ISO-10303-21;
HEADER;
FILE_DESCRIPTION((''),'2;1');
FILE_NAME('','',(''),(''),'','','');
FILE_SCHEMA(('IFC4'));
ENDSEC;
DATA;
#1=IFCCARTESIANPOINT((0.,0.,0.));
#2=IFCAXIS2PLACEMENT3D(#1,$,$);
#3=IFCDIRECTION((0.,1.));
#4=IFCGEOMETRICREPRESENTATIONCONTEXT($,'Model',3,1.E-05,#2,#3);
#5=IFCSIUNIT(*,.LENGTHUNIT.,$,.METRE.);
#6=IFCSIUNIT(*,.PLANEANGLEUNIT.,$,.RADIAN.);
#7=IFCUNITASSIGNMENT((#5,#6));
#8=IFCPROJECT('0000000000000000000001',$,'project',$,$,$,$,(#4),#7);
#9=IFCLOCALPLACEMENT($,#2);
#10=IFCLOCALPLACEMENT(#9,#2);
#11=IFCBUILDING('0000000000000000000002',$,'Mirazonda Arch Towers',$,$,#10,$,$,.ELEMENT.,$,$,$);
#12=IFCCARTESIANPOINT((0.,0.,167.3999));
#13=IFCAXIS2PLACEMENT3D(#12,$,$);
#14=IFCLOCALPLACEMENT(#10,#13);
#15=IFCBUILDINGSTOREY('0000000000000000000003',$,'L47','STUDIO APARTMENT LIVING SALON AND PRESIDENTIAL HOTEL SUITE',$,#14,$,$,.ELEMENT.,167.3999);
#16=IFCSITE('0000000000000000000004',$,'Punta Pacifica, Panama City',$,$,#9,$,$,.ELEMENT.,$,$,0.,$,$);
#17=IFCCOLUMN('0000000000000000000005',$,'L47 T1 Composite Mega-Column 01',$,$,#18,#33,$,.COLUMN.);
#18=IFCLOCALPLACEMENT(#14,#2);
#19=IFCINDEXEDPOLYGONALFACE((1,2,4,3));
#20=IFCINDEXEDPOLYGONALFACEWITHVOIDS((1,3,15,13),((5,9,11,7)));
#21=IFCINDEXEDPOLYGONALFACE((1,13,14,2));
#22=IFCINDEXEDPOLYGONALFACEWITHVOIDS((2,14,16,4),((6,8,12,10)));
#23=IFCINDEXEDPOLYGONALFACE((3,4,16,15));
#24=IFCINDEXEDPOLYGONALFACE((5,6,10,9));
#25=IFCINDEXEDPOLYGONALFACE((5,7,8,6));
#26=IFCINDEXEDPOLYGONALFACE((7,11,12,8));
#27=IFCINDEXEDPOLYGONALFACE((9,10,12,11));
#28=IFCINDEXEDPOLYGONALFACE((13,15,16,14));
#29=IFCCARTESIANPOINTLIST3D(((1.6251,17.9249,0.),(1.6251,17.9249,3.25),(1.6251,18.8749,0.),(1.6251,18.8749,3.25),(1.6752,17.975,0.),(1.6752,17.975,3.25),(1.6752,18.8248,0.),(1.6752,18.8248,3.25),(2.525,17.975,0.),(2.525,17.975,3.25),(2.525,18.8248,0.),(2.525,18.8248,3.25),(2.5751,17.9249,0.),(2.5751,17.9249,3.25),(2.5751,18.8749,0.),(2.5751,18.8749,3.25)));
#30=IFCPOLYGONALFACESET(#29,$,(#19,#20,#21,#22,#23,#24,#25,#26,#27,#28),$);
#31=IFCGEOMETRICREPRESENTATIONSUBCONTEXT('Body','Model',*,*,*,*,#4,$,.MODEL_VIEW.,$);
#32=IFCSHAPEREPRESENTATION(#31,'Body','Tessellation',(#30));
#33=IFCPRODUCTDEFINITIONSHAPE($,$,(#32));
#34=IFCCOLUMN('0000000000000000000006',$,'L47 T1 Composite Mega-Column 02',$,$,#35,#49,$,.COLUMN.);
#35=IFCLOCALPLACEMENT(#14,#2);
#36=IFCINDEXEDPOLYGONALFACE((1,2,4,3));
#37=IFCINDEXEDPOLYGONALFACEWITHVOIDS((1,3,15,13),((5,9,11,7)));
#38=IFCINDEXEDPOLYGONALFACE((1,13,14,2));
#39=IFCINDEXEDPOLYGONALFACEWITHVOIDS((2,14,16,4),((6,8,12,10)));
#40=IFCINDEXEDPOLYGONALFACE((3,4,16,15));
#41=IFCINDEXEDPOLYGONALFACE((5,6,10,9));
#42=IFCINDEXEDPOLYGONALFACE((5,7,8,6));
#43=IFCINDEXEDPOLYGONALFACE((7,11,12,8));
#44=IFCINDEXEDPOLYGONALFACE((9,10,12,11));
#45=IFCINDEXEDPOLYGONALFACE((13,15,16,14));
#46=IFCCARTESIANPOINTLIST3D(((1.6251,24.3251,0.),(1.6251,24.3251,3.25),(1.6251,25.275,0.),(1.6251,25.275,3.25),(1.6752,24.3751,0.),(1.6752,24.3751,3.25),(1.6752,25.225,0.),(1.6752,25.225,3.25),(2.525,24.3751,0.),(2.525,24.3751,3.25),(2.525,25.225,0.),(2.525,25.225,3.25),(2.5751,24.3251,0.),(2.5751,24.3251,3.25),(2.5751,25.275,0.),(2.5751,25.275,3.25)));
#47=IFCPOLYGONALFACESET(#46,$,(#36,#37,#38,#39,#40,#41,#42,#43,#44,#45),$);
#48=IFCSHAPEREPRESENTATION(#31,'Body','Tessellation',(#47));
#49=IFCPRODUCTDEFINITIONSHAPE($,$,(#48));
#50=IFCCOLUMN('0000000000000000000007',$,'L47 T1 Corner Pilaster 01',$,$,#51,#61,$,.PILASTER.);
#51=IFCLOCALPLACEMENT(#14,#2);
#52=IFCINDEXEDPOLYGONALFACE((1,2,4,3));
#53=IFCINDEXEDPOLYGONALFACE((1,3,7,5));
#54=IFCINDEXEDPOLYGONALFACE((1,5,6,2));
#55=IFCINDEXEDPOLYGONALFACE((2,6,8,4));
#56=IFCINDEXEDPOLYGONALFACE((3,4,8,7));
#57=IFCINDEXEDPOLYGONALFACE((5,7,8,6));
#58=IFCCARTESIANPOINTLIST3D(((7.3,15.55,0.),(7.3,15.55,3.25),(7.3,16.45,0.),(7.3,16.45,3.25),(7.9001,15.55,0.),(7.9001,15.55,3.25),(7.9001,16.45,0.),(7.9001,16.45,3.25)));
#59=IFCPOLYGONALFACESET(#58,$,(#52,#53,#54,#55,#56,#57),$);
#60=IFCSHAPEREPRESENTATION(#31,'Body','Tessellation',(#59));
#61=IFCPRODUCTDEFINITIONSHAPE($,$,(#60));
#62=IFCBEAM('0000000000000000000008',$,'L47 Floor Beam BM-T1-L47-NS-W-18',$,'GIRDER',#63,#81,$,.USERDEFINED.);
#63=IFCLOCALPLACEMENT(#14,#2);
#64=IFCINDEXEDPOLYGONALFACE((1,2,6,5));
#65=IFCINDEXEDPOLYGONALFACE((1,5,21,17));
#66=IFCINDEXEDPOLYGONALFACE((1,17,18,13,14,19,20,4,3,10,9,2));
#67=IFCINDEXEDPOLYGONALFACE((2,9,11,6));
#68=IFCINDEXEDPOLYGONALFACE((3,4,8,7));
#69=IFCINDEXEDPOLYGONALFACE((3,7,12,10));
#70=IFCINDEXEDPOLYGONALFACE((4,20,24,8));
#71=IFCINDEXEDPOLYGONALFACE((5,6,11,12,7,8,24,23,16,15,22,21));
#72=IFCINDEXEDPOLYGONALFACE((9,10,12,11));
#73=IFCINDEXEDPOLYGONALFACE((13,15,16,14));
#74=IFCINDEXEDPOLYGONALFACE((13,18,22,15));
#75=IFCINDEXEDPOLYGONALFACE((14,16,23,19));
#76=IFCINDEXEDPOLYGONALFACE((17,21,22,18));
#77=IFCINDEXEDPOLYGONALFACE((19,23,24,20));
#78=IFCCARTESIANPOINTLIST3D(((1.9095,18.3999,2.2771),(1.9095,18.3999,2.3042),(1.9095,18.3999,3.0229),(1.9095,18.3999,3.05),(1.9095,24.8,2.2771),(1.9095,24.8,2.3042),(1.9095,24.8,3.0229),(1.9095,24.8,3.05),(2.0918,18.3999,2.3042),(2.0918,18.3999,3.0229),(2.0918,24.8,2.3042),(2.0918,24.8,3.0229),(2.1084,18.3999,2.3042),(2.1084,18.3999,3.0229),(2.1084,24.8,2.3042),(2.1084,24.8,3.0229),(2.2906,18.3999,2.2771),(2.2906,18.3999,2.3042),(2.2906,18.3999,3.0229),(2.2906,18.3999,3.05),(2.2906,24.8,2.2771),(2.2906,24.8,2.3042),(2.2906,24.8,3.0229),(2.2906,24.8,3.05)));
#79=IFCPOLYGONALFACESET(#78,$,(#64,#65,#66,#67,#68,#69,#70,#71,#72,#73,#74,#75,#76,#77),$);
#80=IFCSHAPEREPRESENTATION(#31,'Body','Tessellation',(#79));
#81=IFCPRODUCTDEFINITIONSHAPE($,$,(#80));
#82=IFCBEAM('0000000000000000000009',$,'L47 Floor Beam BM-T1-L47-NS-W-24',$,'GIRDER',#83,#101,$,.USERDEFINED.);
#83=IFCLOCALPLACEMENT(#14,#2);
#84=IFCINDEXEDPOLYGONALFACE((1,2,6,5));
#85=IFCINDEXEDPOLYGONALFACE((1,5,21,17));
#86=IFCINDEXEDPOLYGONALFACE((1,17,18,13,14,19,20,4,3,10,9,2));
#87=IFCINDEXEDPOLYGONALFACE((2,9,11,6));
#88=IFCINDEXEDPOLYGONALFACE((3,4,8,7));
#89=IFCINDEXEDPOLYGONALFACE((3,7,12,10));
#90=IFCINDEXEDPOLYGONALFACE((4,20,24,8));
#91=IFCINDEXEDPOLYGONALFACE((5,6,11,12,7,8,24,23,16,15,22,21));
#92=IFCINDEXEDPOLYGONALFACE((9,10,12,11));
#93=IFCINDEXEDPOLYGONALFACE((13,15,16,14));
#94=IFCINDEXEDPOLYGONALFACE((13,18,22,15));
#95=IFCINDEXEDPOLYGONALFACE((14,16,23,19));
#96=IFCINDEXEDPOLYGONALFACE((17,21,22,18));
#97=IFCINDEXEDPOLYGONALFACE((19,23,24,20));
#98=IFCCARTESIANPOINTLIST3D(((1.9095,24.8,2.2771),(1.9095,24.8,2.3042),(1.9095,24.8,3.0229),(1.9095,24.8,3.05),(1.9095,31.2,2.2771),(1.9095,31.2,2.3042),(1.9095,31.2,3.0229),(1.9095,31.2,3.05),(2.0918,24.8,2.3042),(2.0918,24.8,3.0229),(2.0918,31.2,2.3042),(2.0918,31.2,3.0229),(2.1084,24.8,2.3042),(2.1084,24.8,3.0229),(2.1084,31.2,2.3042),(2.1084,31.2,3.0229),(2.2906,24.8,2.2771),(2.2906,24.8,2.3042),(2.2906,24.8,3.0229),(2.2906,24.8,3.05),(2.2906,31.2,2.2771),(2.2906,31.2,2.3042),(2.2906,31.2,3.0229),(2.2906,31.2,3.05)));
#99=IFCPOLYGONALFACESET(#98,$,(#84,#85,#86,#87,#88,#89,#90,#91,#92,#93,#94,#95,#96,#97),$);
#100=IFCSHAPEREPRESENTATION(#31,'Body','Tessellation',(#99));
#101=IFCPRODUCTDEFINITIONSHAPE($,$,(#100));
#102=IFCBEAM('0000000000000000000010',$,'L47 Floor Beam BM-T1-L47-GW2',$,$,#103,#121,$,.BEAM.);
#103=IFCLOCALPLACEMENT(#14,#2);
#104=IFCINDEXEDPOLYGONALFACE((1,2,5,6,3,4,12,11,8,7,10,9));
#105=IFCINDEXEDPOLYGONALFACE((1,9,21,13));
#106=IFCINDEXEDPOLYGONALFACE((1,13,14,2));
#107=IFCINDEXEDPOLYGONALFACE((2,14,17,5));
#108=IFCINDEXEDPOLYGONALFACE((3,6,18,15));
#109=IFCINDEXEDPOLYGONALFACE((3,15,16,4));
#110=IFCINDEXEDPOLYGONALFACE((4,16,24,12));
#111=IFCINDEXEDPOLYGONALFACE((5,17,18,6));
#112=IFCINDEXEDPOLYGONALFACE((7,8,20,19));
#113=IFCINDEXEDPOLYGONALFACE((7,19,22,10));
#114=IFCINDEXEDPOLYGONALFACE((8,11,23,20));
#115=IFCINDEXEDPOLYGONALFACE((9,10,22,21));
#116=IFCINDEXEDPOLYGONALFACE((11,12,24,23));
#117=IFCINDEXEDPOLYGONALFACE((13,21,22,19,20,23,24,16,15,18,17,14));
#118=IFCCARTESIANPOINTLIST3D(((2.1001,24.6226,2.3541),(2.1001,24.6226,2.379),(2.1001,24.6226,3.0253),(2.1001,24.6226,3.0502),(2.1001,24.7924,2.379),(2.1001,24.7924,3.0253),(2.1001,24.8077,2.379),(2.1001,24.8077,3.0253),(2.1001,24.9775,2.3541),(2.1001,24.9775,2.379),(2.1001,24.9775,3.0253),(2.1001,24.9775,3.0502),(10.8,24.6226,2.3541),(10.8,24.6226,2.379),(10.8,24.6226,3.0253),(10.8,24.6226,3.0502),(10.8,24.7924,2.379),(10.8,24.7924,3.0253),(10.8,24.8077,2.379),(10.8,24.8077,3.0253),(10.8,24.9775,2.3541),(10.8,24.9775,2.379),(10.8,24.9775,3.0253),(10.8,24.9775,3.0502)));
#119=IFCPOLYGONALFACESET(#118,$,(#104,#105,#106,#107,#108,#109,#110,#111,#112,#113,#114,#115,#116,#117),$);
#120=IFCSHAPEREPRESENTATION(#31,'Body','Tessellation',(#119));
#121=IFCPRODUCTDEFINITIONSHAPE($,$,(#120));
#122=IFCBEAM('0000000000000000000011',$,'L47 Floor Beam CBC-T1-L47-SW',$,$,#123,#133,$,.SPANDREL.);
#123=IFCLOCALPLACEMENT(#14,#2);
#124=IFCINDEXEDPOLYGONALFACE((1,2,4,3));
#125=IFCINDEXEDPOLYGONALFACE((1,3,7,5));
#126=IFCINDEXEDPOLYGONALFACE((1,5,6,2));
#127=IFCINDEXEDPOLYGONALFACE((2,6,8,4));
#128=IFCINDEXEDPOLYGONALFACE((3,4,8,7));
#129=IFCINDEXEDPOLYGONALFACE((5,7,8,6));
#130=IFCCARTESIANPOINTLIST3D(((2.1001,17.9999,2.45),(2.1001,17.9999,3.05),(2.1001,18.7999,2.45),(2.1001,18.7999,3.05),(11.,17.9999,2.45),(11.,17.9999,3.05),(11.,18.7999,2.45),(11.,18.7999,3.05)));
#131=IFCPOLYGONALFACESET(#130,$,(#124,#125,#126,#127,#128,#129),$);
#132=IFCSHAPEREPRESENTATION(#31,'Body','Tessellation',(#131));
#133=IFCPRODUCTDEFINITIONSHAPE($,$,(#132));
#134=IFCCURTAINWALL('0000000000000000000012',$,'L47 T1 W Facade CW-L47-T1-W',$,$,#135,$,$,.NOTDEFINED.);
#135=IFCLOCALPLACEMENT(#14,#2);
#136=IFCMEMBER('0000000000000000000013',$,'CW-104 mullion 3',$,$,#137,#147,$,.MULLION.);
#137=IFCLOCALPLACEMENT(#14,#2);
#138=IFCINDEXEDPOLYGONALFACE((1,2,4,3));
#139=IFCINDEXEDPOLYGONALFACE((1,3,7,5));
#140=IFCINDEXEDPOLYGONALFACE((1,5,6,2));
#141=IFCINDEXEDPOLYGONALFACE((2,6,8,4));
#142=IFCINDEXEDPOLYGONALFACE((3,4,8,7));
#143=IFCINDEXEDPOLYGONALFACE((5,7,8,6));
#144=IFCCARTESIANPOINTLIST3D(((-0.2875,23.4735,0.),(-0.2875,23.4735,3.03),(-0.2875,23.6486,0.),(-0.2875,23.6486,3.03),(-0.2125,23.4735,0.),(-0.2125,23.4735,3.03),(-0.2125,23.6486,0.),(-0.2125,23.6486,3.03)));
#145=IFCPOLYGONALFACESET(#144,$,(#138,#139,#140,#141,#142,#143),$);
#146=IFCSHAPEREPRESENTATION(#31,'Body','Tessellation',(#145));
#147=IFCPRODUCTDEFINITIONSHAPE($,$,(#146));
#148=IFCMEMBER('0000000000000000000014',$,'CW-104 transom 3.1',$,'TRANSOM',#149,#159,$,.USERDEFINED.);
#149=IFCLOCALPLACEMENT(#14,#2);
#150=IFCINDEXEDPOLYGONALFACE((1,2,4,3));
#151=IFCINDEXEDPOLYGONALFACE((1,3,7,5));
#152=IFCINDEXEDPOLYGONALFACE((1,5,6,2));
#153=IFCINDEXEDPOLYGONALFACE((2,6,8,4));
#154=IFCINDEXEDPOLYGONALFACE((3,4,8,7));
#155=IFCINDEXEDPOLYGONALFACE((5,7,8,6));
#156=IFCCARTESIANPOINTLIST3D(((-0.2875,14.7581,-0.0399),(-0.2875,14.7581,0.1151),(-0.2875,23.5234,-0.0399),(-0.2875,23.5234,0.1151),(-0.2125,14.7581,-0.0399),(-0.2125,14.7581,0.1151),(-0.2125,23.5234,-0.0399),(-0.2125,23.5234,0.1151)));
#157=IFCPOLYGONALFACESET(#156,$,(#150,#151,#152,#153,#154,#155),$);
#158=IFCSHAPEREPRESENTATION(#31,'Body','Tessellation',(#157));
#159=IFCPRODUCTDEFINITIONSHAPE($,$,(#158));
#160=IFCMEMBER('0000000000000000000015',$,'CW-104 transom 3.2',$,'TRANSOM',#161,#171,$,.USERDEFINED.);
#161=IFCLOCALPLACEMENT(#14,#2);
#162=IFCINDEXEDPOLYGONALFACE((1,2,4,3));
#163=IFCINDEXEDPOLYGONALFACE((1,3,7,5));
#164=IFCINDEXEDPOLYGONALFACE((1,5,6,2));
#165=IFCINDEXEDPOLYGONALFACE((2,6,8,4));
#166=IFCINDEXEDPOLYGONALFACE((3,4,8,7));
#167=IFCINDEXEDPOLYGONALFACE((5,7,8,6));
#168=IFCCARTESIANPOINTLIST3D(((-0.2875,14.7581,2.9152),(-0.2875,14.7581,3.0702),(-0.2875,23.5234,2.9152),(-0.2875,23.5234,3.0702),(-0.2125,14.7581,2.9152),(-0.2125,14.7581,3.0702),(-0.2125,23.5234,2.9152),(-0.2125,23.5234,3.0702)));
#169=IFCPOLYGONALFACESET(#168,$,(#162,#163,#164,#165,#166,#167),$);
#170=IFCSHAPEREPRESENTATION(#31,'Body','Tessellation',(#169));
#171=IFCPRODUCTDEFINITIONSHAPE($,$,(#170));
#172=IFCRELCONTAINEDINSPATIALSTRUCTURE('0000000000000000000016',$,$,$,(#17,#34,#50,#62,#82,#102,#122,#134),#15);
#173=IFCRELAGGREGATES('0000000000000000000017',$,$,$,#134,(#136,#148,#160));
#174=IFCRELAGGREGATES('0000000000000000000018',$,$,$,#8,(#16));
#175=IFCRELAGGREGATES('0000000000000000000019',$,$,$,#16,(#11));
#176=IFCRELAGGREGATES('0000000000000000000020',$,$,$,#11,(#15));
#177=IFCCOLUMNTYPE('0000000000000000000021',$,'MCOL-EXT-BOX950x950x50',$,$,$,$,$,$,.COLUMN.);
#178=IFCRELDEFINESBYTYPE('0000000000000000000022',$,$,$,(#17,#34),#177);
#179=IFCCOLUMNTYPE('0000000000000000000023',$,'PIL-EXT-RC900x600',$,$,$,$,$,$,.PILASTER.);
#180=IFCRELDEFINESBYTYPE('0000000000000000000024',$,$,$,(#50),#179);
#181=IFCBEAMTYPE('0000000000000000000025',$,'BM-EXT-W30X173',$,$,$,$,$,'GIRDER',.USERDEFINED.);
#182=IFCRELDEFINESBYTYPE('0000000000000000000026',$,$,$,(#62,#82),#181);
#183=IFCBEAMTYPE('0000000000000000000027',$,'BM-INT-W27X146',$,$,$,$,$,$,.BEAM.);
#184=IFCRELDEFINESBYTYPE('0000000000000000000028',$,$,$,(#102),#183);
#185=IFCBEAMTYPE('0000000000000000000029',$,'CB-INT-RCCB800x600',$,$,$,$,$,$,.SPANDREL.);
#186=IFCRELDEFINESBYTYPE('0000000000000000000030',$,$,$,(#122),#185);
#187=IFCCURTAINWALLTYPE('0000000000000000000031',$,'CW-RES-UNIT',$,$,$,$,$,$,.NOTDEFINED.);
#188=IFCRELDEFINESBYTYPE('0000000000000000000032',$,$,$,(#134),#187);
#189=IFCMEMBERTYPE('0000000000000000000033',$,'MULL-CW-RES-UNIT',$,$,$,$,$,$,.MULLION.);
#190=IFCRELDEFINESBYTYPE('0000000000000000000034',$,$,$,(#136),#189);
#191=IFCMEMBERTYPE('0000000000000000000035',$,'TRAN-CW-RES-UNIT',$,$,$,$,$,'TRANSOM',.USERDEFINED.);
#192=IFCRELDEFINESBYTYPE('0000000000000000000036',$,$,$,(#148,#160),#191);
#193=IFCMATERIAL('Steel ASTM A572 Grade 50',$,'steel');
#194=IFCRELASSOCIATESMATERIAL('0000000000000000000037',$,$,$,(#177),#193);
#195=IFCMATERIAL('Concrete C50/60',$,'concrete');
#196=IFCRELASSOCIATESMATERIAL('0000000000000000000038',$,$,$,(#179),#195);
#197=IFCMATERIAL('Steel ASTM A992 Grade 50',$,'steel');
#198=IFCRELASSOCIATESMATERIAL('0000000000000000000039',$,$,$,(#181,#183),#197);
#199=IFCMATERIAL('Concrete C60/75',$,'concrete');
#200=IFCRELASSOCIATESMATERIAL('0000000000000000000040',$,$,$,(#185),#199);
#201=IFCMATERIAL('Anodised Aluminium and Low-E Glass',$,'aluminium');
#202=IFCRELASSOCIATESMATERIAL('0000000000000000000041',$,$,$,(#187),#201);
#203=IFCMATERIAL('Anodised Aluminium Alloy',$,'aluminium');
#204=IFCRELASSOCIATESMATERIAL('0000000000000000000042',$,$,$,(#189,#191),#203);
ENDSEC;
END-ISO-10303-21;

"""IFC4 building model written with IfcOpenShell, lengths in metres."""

from ifc_helpers import new_model, si_unit, direction, frame, origin, origin_2d, place, context, subcontext, project, spatial, rectangle, hollow_rectangle, i_section, extrude, material, material_profile, profile_set, type_object, element, aggregate, save


model = new_model("IFC4")

# Units and contexts
model_context = context("Model", 3, precision=1e-05, world=origin(), true_north=direction((0.0, 1.0)))
body_context = subcontext(model_context, "Body", "Model", "MODEL_VIEW")
ifc_project = project(units=[si_unit("LENGTHUNIT", "METRE"), si_unit("PLANEANGLEUNIT", "RADIAN")], contexts=[model_context])

# Site, building, storey
site_placement = place(None, origin())
site = spatial("IfcSite", under=ifc_project, at=site_placement, Name="Punta Pacifica, Panama City", CompositionType="ELEMENT", RefElevation=0.0)
building_placement = place(site_placement, origin())
building = spatial("IfcBuilding", under=site, at=building_placement, Name="Mirazonda Arch Towers", CompositionType="ELEMENT")
storey_placement = place(building_placement, frame((0.0, 0.0, 167.3999)))
storey = spatial("IfcBuildingStorey", under=building, at=storey_placement, Name="L47", Description="STUDIO APARTMENT LIVING SALON AND PRESIDENTIAL HOTEL SUITE", CompositionType="ELEMENT", Elevation=167.3999)

# Columns
ifc_material_1 = material(Name="Steel ASTM A572 Grade 50", Category="steel")
ifc_material_profile_1 = material_profile(ifc_material_1, hollow_rectangle(XDim=0.95, YDim=0.95, WallThickness=0.05, at=origin_2d()), Name="BOX950x950x50")
ifc_profile_set_1 = profile_set([ifc_material_profile_1], Name="Steel ASTM A572 Grade 50")
column_type_1 = type_object("IfcColumnType", Name="MCOL-EXT-BOX950x950x50", PredefinedType="COLUMN", material=ifc_profile_set_1)
for number, where, z_axis, x_axis, name in (
    (1, (2.1001, 18.3999, 0.0), (0.0, 0.0, 1.0), (1.0, 0.0, 0.0), "L47 T1 Composite Mega-Column 01"),
    (2, (2.1001, 24.8, 0.0), (0.0, 0.0, 1.0), (1.0, 0.0, 0.0), "L47 T1 Composite Mega-Column 02"),
):
    element("IfcColumn", number, at=place(storey_placement, frame(where, z_axis=z_axis, x_axis=x_axis)), inside=storey, type_object=column_type_1, Name=name, PredefinedType="COLUMN", context=body_context, shape_type="SweptSolid", body=[
        extrude(hollow_rectangle(XDim=0.95, YDim=0.95, WallThickness=0.05, at=origin_2d()), origin(), (0.0, 0.0, 1.0), 3.25),
    ])
ifc_material_2 = material(Name="Concrete C50/60", Category="concrete")
ifc_material_profile_2 = material_profile(ifc_material_2, rectangle(XDim=0.6001, YDim=0.8999, at=origin_2d()), Name="RC900x600")
ifc_profile_set_2 = profile_set([ifc_material_profile_2], Name="Concrete C50/60")
column_type_2 = type_object("IfcColumnType", Name="PIL-EXT-RC900x600", PredefinedType="PILASTER", material=ifc_profile_set_2)
column_placement = place(storey_placement, frame((7.6001, 16.0, 0.0), z_axis=(0.0, 0.0, 1.0), x_axis=(1.0, 0.0, 0.0)))
element("IfcColumn", 3, at=column_placement, inside=storey, type_object=column_type_2, Name="L47 T1 Corner Pilaster 01", PredefinedType="PILASTER", context=body_context, shape_type="SweptSolid", body=[
    extrude(rectangle(XDim=0.6001, YDim=0.8999, at=origin_2d()), origin(), (0.0, 0.0, 1.0), 3.25),
])

# Beams
ifc_material_3 = material(Name="Steel ASTM A992 Grade 50", Category="steel")
ifc_material_profile_3 = material_profile(ifc_material_3, i_section(OverallWidth=0.3811, OverallDepth=0.7729, WebThickness=0.0166, FlangeThickness=0.0271, at=origin_2d()), Name="W30X173")
ifc_profile_set_3 = profile_set([ifc_material_profile_3], Name="Steel ASTM A992 Grade 50")
beam_type_1 = type_object("IfcBeamType", Name="BM-EXT-W30X173", ElementType="GIRDER", PredefinedType="USERDEFINED", material=ifc_profile_set_3)
beam_1_placement = place(storey_placement, frame((2.1001, 18.3999, 2.6636), z_axis=(0.0, 1.0, 0.0), x_axis=(-1.0, 0.0, 0.0)))
element("IfcBeam", 4, at=beam_1_placement, inside=storey, type_object=beam_type_1, Name="L47 Floor Beam BM-T1-L47-NS-W-18", ObjectType="GIRDER", PredefinedType="USERDEFINED", context=body_context, shape_type="SweptSolid", body=[
    extrude(i_section(OverallWidth=0.3811, OverallDepth=0.7729, WebThickness=0.0166, FlangeThickness=0.0271, at=origin_2d()), origin(), (0.0, 0.0, 1.0), 6.4001),
])
beam_2_placement = place(storey_placement, frame((2.1001, 24.8, 2.6636), z_axis=(0.0, 1.0, 0.0), x_axis=(-1.0, 0.0, 0.0)))
element("IfcBeam", 5, at=beam_2_placement, inside=storey, type_object=beam_type_1, Name="L47 Floor Beam BM-T1-L47-NS-W-24", ObjectType="GIRDER", PredefinedType="USERDEFINED", context=body_context, shape_type="SweptSolid", body=[
    extrude(i_section(OverallWidth=0.3811, OverallDepth=0.7729, WebThickness=0.0166, FlangeThickness=0.0271, at=origin_2d()), origin(), (0.0, 0.0, 1.0), 6.3999),
])
ifc_material_profile_4 = material_profile(ifc_material_3, i_section(OverallWidth=0.355, OverallDepth=0.696, WebThickness=0.0154, FlangeThickness=0.0249, at=origin_2d()), Name="W27X146")
ifc_profile_set_4 = profile_set([ifc_material_profile_4], Name="Steel ASTM A992 Grade 50")
beam_type_2 = type_object("IfcBeamType", Name="BM-INT-W27X146", PredefinedType="BEAM", material=ifc_profile_set_4)
beam_3_placement = place(storey_placement, frame((2.1001, 24.8, 2.7021), z_axis=(1.0, 0.0, 0.0), x_axis=(0.0, 1.0, 0.0)))
element("IfcBeam", 6, at=beam_3_placement, inside=storey, type_object=beam_type_2, Name="L47 Floor Beam BM-T1-L47-GW2", PredefinedType="BEAM", context=body_context, shape_type="SweptSolid", body=[
    extrude(i_section(OverallWidth=0.355, OverallDepth=0.696, WebThickness=0.0154, FlangeThickness=0.0249, at=origin_2d()), origin(), (0.0, 0.0, 1.0), 8.7),
])
ifc_material_4 = material(Name="Concrete C60/75", Category="concrete")
ifc_material_profile_5 = material_profile(ifc_material_4, rectangle(XDim=0.8, YDim=0.6001, at=origin_2d()), Name="RCCB800x600")
ifc_profile_set_5 = profile_set([ifc_material_profile_5], Name="Concrete C60/75")
beam_type_3 = type_object("IfcBeamType", Name="CB-INT-RCCB800x600", PredefinedType="SPANDREL", material=ifc_profile_set_5)
beam_4_placement = place(storey_placement, frame((2.1001, 18.3999, 2.75), z_axis=(1.0, 0.0, 0.0), x_axis=(0.0, 1.0, 0.0)))
element("IfcBeam", 7, at=beam_4_placement, inside=storey, type_object=beam_type_3, Name="L47 Floor Beam CBC-T1-L47-SW", PredefinedType="SPANDREL", context=body_context, shape_type="SweptSolid", body=[
    extrude(rectangle(XDim=0.8, YDim=0.6001, at=origin_2d()), origin(), (0.0, 0.0, 1.0), 8.8999),
])

# Curtain wall, members
ifc_material_5 = material(Name="Anodised Aluminium and Low-E Glass", Category="aluminium")
curtain_wall_type = type_object("IfcCurtainWallType", Name="CW-RES-UNIT", PredefinedType="NOTDEFINED", material=ifc_material_5)
curtain_wall_placement = place(storey_placement, origin())
curtain_wall = element("IfcCurtainWall", 8, at=curtain_wall_placement, inside=storey, type_object=curtain_wall_type, Name="L47 T1 W Facade CW-L47-T1-W", PredefinedType="NOTDEFINED")
ifc_material_6 = material(Name="Anodised Aluminium Alloy", Category="aluminium")
ifc_material_profile_6 = material_profile(ifc_material_6, rectangle(XDim=0.075, YDim=0.175, at=origin_2d()), Name="ALU-MULL-75x175")
ifc_profile_set_6 = profile_set([ifc_material_profile_6], Name="Anodised Aluminium Alloy")
member_type_1 = type_object("IfcMemberType", Name="MULL-CW-RES-UNIT", PredefinedType="MULLION", material=ifc_profile_set_6)
member_1_placement = place(storey_placement, frame((-0.25, 23.561, 0.0), z_axis=(0.0, 0.0, 1.0), x_axis=(1.0, 0.0, 0.0)))
member_1 = element("IfcMember", 9, at=member_1_placement, type_object=member_type_1, Name="CW-104 mullion 3", PredefinedType="MULLION", context=body_context, shape_type="SweptSolid", body=[
    extrude(rectangle(XDim=0.075, YDim=0.175, at=origin_2d()), origin(), (0.0, 0.0, 1.0), 3.03),
])
ifc_material_profile_7 = material_profile(ifc_material_6, rectangle(XDim=0.075, YDim=0.155, at=origin_2d()), Name="ALU-TRAN-75x155")
ifc_profile_set_7 = profile_set([ifc_material_profile_7], Name="Anodised Aluminium Alloy")
member_type_2 = type_object("IfcMemberType", Name="TRAN-CW-RES-UNIT", ElementType="TRANSOM", PredefinedType="USERDEFINED", material=ifc_profile_set_7)
member_2_placement = place(storey_placement, frame((-0.25, 23.5234, 0.0376), z_axis=(0.0, -1.0, 0.0), x_axis=(1.0, 0.0, 0.0)))
member_2 = element("IfcMember", 10, at=member_2_placement, type_object=member_type_2, Name="CW-104 transom 3.1", ObjectType="TRANSOM", PredefinedType="USERDEFINED", context=body_context, shape_type="SweptSolid", body=[
    extrude(rectangle(XDim=0.075, YDim=0.155, at=origin_2d()), origin(), (0.0, 0.0, 1.0), 8.7654),
])
member_3_placement = place(storey_placement, frame((-0.25, 23.5234, 2.9927), z_axis=(0.0, -1.0, 0.0), x_axis=(1.0, 0.0, 0.0)))
member_3 = element("IfcMember", 11, at=member_3_placement, type_object=member_type_2, Name="CW-104 transom 3.2", ObjectType="TRANSOM", PredefinedType="USERDEFINED", context=body_context, shape_type="SweptSolid", body=[
    extrude(rectangle(XDim=0.075, YDim=0.155, at=origin_2d()), origin(), (0.0, 0.0, 1.0), 8.7654),
])
aggregate(curtain_wall, [member_1, member_2, member_3])

save(model, "model.ifc")
